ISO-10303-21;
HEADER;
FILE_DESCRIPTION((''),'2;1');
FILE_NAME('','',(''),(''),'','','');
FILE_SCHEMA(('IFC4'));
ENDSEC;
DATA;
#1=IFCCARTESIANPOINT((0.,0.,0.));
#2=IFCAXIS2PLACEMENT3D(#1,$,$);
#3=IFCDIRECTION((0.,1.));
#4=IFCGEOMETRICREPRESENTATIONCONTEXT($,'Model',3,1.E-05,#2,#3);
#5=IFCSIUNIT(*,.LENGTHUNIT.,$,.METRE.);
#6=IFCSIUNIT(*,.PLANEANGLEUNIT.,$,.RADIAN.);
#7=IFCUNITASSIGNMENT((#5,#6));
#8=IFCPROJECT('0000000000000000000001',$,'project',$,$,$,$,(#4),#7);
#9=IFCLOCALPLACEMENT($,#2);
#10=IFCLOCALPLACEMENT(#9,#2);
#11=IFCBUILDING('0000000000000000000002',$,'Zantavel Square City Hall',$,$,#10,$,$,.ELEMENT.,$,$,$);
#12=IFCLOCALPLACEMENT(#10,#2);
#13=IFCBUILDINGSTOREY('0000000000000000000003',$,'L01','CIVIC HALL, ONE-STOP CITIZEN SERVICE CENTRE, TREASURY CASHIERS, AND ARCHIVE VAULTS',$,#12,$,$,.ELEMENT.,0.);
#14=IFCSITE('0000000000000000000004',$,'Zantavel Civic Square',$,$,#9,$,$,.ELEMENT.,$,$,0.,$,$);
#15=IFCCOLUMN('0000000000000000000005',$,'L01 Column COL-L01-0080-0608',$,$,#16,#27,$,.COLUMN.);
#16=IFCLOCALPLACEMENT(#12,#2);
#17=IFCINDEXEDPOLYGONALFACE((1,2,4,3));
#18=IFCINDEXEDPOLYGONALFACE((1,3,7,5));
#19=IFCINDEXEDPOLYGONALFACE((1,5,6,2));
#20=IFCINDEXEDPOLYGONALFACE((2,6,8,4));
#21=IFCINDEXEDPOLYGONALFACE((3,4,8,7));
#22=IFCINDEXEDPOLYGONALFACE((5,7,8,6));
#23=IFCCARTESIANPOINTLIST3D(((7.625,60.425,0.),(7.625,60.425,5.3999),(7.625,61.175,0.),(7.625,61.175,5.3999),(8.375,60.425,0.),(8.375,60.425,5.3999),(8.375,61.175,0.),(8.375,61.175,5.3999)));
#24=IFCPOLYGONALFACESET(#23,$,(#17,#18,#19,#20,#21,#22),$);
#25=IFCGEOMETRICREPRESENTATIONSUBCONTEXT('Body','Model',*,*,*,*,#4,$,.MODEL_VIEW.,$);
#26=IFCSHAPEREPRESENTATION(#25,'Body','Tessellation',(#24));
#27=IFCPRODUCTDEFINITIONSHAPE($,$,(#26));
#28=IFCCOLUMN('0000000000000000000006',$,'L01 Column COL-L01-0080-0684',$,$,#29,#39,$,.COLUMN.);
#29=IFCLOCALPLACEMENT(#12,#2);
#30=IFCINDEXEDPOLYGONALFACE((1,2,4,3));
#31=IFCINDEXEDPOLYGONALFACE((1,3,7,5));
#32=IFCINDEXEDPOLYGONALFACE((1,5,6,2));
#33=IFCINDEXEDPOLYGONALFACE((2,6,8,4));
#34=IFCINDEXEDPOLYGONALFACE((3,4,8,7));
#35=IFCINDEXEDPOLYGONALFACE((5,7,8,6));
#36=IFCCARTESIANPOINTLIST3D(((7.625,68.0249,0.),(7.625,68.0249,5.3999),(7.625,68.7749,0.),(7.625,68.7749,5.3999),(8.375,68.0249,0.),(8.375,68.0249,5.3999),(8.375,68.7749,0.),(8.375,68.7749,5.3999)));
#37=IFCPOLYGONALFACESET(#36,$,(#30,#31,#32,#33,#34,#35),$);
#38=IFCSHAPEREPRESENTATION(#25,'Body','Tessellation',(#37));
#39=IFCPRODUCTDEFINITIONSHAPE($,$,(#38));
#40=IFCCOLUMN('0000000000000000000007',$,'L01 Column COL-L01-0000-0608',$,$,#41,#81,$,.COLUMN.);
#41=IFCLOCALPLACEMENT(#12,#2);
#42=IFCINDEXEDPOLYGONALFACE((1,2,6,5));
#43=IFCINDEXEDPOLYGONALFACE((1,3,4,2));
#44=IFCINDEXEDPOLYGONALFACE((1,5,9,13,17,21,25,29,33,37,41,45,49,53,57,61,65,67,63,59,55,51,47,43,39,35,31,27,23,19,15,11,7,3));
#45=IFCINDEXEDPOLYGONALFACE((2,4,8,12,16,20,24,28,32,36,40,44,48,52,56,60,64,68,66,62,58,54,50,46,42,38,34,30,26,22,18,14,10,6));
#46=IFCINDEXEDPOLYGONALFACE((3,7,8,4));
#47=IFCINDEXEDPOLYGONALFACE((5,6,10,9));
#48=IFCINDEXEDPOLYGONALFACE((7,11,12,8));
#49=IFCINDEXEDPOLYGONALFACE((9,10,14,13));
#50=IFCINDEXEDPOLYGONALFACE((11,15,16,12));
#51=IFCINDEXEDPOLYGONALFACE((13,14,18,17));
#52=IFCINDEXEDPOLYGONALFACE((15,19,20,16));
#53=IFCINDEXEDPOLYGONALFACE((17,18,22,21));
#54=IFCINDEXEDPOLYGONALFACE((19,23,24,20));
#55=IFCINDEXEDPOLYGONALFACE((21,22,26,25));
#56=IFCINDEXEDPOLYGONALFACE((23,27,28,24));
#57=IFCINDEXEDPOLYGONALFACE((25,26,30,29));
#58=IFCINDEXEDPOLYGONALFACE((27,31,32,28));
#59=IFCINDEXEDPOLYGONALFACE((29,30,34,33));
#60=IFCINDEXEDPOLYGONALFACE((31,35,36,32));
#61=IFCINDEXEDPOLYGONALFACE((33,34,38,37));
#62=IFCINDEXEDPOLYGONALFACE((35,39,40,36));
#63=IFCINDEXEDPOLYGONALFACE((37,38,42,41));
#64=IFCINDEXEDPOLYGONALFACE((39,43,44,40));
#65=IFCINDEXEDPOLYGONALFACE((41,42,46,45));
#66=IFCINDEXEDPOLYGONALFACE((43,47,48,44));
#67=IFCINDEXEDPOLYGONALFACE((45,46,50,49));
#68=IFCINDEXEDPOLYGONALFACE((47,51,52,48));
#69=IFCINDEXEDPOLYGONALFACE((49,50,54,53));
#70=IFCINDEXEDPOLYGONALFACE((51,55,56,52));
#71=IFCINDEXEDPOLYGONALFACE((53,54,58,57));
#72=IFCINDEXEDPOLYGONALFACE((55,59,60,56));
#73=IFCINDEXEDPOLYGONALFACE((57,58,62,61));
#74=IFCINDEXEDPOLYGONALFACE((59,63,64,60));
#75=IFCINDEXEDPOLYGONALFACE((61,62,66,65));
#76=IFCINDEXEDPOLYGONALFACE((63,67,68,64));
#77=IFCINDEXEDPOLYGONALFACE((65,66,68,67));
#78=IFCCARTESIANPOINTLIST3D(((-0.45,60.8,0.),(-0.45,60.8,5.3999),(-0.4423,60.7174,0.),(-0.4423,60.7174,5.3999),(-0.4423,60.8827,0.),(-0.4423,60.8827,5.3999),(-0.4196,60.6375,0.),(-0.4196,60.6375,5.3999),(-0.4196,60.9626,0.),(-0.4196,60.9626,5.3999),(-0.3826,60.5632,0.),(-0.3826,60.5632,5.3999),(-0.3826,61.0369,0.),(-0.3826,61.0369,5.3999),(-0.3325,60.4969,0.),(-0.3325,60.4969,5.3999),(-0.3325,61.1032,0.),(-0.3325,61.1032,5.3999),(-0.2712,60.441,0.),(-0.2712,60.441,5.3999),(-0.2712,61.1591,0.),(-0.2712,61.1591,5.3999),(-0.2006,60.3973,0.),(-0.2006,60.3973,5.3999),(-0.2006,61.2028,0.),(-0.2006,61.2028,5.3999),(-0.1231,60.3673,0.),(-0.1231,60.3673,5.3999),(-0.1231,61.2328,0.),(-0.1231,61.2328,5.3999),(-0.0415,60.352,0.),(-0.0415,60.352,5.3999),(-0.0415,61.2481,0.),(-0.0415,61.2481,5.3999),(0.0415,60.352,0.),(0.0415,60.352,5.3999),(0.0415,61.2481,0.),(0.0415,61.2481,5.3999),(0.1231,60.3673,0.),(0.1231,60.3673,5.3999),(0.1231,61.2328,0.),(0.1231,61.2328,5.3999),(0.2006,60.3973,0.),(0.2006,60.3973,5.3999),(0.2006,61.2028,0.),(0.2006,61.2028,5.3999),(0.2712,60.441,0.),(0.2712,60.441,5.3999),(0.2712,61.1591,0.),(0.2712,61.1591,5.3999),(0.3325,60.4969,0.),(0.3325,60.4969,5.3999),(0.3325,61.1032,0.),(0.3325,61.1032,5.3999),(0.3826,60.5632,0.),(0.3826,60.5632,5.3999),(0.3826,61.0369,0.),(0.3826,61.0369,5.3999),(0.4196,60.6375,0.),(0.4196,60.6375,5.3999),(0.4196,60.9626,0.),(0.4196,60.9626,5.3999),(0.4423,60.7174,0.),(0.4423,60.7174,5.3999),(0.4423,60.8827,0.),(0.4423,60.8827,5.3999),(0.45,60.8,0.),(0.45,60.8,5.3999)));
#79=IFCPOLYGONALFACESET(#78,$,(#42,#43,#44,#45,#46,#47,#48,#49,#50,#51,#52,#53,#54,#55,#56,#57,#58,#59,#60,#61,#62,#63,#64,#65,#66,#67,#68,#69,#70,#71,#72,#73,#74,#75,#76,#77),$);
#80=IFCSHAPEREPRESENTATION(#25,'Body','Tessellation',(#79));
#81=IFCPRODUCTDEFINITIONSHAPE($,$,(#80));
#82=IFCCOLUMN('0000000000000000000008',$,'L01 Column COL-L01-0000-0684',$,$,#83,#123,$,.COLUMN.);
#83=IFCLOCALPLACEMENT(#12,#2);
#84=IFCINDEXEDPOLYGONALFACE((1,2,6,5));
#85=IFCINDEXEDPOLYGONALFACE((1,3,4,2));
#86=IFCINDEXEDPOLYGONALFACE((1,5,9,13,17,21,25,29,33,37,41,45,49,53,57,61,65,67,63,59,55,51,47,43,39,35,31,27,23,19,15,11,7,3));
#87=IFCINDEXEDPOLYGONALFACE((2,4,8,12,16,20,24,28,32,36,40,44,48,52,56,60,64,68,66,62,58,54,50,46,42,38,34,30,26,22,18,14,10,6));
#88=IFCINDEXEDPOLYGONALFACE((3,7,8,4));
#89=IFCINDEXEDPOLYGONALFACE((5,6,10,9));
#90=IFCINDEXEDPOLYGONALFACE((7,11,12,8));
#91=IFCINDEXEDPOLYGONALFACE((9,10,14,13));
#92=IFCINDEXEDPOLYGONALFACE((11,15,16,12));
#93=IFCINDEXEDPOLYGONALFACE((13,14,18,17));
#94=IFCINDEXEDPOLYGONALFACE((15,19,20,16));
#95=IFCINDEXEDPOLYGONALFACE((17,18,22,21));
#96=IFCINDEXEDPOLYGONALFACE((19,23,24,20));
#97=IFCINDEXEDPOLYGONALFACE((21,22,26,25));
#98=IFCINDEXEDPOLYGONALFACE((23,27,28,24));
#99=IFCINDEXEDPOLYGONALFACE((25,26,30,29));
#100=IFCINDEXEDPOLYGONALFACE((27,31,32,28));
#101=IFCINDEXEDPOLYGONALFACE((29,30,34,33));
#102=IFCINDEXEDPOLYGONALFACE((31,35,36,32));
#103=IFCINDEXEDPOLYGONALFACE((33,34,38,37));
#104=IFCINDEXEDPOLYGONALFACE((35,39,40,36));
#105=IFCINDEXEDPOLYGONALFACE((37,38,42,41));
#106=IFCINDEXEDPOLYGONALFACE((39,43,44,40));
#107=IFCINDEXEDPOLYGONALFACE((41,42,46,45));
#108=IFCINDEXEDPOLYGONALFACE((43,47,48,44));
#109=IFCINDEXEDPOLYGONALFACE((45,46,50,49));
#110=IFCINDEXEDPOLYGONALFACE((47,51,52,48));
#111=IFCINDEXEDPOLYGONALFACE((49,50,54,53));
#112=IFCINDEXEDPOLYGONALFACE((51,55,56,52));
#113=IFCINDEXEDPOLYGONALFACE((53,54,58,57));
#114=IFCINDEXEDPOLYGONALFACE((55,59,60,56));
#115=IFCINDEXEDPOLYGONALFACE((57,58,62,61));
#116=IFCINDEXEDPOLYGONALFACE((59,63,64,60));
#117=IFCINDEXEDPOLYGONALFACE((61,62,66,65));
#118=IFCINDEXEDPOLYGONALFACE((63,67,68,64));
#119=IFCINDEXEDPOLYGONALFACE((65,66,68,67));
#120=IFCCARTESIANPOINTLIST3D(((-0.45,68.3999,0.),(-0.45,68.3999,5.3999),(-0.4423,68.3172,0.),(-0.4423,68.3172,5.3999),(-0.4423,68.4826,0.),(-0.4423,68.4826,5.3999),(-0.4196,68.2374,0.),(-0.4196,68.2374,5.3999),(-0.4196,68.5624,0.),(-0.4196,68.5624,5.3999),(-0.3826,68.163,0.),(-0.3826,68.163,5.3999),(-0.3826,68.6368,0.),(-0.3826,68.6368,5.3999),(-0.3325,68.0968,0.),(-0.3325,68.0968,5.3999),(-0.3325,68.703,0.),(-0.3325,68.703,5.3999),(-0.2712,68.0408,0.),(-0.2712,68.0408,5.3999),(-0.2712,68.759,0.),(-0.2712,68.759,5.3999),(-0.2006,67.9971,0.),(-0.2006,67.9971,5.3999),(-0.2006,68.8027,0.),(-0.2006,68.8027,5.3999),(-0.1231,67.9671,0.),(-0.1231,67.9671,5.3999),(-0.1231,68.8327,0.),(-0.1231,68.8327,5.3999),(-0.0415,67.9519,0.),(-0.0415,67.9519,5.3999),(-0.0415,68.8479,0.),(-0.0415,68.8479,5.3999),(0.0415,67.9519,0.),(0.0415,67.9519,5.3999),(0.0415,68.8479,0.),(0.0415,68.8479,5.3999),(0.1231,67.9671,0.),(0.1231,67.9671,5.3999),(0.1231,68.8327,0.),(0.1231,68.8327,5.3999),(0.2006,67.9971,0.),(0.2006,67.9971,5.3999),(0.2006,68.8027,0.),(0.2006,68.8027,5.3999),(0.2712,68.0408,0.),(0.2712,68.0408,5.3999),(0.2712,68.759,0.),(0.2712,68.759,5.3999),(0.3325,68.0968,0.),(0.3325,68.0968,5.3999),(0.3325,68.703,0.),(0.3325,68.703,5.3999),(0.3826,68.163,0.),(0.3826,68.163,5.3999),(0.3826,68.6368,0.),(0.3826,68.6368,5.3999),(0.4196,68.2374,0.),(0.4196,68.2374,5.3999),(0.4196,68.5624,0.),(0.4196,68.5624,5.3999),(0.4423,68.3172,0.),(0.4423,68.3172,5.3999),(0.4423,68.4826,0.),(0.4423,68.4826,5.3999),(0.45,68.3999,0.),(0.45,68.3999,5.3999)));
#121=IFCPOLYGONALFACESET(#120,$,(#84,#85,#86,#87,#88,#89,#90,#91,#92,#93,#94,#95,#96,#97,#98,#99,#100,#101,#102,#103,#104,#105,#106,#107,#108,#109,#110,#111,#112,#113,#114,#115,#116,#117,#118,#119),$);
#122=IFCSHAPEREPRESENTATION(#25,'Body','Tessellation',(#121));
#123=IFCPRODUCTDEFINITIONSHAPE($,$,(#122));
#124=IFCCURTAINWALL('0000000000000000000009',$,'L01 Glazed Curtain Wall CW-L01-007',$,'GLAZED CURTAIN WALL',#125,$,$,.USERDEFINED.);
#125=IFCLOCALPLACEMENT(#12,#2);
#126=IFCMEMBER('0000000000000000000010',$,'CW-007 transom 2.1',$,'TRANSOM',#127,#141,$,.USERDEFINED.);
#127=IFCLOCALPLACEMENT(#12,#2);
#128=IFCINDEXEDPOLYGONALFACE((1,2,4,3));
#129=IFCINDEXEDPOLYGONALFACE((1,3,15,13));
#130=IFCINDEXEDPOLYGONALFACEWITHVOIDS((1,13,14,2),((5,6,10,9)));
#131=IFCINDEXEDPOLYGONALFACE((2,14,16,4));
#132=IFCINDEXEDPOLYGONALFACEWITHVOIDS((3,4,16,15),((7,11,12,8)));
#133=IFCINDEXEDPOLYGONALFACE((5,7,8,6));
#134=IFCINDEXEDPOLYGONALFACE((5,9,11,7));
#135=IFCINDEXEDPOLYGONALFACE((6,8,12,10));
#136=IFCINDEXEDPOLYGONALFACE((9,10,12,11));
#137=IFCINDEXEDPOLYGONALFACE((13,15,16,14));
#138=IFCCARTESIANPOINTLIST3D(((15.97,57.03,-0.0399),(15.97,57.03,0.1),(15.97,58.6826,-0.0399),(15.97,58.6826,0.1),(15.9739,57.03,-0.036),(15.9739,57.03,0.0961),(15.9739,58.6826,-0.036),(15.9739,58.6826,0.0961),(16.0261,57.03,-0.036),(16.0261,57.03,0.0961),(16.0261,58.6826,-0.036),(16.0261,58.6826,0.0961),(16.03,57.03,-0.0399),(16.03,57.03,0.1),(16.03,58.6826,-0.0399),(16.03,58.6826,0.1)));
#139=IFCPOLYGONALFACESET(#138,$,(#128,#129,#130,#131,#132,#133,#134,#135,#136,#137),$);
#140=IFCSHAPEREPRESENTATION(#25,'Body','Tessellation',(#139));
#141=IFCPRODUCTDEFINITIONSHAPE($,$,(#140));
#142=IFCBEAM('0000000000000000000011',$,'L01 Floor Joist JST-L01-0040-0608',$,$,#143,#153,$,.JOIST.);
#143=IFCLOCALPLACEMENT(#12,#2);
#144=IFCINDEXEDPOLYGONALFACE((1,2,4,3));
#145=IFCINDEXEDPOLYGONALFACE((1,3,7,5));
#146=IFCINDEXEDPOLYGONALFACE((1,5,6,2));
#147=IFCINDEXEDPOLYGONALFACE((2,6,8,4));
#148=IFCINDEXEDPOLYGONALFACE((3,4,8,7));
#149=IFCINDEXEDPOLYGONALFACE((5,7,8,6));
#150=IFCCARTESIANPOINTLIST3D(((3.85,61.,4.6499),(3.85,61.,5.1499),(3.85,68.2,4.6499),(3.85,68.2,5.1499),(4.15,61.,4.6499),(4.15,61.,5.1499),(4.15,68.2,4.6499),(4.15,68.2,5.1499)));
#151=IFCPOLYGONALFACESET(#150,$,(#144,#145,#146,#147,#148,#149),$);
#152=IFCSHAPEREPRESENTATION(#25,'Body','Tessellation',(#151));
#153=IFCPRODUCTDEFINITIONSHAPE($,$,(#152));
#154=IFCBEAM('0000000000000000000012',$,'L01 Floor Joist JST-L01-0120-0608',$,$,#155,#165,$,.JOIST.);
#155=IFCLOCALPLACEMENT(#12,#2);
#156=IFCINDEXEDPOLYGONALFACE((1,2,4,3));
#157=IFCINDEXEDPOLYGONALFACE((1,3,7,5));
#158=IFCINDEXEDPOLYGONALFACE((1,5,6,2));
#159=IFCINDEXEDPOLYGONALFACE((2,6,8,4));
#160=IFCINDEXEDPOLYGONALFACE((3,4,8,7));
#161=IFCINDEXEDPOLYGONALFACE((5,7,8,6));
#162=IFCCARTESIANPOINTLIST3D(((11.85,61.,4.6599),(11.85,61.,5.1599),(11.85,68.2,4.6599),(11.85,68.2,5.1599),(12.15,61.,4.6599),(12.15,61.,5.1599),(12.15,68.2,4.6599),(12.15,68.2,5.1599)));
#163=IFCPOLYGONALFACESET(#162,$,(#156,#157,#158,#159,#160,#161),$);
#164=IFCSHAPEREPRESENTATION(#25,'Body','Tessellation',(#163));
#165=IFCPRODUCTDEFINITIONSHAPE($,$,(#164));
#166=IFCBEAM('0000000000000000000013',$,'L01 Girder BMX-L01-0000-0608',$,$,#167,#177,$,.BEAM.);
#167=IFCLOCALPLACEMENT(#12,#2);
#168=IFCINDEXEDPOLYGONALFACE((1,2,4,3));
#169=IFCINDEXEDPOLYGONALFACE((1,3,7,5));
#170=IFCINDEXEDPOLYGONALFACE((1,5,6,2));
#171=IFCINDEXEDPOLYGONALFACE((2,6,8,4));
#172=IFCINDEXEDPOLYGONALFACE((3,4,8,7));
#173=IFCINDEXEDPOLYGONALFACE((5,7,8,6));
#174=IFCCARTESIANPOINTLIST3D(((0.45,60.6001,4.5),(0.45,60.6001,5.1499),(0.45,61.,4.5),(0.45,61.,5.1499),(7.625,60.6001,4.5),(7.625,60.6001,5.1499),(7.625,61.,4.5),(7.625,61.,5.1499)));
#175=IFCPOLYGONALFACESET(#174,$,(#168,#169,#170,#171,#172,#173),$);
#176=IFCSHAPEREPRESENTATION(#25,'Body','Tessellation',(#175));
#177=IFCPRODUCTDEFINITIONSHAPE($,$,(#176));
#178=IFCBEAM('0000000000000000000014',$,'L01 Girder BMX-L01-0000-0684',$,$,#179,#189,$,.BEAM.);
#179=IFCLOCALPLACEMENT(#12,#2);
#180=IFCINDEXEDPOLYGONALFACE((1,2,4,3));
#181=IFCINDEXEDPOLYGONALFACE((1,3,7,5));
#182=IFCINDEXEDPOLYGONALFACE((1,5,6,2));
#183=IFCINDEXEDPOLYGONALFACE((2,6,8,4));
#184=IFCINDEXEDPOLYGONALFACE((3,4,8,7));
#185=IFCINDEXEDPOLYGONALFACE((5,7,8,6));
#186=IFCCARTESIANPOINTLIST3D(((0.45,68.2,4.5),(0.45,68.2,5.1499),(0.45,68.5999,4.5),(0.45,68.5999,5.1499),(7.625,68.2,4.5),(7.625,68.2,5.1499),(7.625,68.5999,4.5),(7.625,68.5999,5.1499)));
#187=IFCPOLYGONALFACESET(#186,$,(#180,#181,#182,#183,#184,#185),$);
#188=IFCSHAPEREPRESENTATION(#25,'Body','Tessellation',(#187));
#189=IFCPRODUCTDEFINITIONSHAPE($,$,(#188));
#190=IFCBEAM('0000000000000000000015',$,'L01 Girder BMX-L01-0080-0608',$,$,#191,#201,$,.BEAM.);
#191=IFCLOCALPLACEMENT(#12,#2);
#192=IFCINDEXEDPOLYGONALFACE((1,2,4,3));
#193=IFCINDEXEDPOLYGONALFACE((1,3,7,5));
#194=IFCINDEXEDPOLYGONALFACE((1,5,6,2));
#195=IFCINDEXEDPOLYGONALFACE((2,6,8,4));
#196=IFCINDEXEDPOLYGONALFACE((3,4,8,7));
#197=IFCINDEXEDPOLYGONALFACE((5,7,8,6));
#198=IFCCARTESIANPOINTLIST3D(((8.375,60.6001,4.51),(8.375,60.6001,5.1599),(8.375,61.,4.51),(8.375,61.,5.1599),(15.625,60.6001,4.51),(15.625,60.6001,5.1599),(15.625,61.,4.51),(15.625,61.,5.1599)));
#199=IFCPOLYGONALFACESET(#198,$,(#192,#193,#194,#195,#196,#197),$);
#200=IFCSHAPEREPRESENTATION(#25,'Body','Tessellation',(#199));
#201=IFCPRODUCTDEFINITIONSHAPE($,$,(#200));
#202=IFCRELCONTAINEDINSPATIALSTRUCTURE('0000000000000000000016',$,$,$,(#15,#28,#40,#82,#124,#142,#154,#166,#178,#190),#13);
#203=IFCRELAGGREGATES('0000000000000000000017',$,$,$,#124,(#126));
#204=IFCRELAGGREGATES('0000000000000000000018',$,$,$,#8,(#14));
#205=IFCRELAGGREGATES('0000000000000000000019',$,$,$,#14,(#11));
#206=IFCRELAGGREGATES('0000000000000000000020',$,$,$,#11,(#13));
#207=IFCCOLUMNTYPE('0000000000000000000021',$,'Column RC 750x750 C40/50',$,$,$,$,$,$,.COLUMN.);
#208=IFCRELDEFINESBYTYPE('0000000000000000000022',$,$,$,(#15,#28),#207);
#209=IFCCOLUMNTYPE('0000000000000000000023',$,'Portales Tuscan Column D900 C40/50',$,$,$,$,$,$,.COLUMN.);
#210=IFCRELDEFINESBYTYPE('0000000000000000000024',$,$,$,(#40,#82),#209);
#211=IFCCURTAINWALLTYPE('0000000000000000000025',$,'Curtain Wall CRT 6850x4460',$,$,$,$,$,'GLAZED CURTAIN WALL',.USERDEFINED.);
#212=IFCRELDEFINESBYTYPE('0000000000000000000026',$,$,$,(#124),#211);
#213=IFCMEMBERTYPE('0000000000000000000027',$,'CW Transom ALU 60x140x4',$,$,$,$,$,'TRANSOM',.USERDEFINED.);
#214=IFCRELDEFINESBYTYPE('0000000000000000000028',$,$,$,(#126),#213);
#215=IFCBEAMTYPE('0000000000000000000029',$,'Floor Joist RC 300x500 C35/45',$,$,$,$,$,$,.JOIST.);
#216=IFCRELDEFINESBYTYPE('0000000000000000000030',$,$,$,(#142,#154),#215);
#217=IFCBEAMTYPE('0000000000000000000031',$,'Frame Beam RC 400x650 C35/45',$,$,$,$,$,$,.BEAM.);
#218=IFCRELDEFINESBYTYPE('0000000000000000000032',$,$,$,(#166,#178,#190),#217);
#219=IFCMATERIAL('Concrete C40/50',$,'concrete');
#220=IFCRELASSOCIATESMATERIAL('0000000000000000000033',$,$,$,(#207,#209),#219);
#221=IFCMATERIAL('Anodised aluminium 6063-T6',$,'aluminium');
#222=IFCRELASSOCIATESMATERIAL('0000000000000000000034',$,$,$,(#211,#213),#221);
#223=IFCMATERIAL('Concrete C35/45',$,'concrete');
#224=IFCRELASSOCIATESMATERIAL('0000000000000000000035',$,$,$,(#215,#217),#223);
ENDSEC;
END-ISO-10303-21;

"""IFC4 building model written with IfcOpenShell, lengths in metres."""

from ifc_helpers import new_model, si_unit, direction, frame, origin, origin_2d, place, context, subcontext, project, spatial, rectangle, hollow_rectangle, circle, extrude, material, material_profile, profile_set, type_object, element, aggregate, save


model = new_model("IFC4")

# Units and contexts
model_context = context("Model", 3, precision=1e-05, world=origin(), true_north=direction((0.0, 1.0)))
body_context = subcontext(model_context, "Body", "Model", "MODEL_VIEW")
ifc_project = project(units=[si_unit("LENGTHUNIT", "METRE"), si_unit("PLANEANGLEUNIT", "RADIAN")], contexts=[model_context])

# Site, building, storey
site_placement = place(None, origin())
site = spatial("IfcSite", under=ifc_project, at=site_placement, Name="Zantavel Civic Square", CompositionType="ELEMENT", RefElevation=0.0)
building_placement = place(site_placement, origin())
building = spatial("IfcBuilding", under=site, at=building_placement, Name="Zantavel Square City Hall", CompositionType="ELEMENT")
storey_placement = place(building_placement, origin())
storey = spatial("IfcBuildingStorey", under=building, at=storey_placement, Name="L01", Description="CIVIC HALL, ONE-STOP CITIZEN SERVICE CENTRE, TREASURY CASHIERS, AND ARCHIVE VAULTS", CompositionType="ELEMENT", Elevation=0.0)

# Columns
ifc_material_1 = material(Name="Concrete C40/50", Category="concrete")
ifc_material_profile_1 = material_profile(ifc_material_1, rectangle(XDim=0.75, YDim=0.75, at=origin_2d()), Name="RC 750x750")
ifc_profile_set_1 = profile_set([ifc_material_profile_1], Name="Concrete C40/50")
column_type_1 = type_object("IfcColumnType", Name="Column RC 750x750 C40/50", PredefinedType="COLUMN", material=ifc_profile_set_1)
for number, where, z_axis, x_axis, name in (
    (1, (8.0, 60.8, 0.0), (0.0, 0.0, 1.0), (1.0, 0.0, 0.0), "L01 Column COL-L01-0080-0608"),
    (2, (8.0, 68.3999, 0.0), (0.0, 0.0, 1.0), (1.0, 0.0, 0.0), "L01 Column COL-L01-0080-0684"),
):
    element("IfcColumn", number, at=place(storey_placement, frame(where, z_axis=z_axis, x_axis=x_axis)), inside=storey, type_object=column_type_1, Name=name, PredefinedType="COLUMN", context=body_context, shape_type="SweptSolid", body=[
        extrude(rectangle(XDim=0.75, YDim=0.75, at=origin_2d()), origin(), (0.0, 0.0, 1.0), 5.3999),
    ])
ifc_material_profile_2 = material_profile(ifc_material_1, circle(Radius=0.45, at=origin_2d()), Name="ROUND D900")
ifc_profile_set_2 = profile_set([ifc_material_profile_2], Name="Concrete C40/50")
column_type_2 = type_object("IfcColumnType", Name="Portales Tuscan Column D900 C40/50", PredefinedType="COLUMN", material=ifc_profile_set_2)
for number, where, z_axis, x_axis, name in (
    (3, (0.0, 60.8, 0.0), (0.0, 0.0, 1.0), (1.0, 0.0, 0.0), "L01 Column COL-L01-0000-0608"),
    (4, (0.0, 68.3999, 0.0), (0.0, 0.0, 1.0), (1.0, 0.0, 0.0), "L01 Column COL-L01-0000-0684"),
):
    element("IfcColumn", number, at=place(storey_placement, frame(where, z_axis=z_axis, x_axis=x_axis)), inside=storey, type_object=column_type_2, Name=name, PredefinedType="COLUMN", context=body_context, shape_type="SweptSolid", body=[
        extrude(circle(Radius=0.45, at=origin_2d()), origin(), (0.0, 0.0, 1.0), 5.3999),
    ])

# Curtain wall, member
ifc_material_2 = material(Name="Anodised aluminium 6063-T6", Category="aluminium")
curtain_wall_type = type_object("IfcCurtainWallType", Name="Curtain Wall CRT 6850x4460", ElementType="GLAZED CURTAIN WALL", PredefinedType="USERDEFINED", material=ifc_material_2)
curtain_wall_placement = place(storey_placement, origin())
curtain_wall = element("IfcCurtainWall", 5, at=curtain_wall_placement, inside=storey, type_object=curtain_wall_type, Name="L01 Glazed Curtain Wall CW-L01-007", ObjectType="GLAZED CURTAIN WALL", PredefinedType="USERDEFINED")
ifc_material_profile_3 = material_profile(ifc_material_2, hollow_rectangle(XDim=0.0601, YDim=0.1399, WallThickness=0.0039, at=origin_2d()), Name="ALU 60x140x4")
ifc_profile_set_3 = profile_set([ifc_material_profile_3], Name="Anodised aluminium 6063-T6")
member_type = type_object("IfcMemberType", Name="CW Transom ALU 60x140x4", ElementType="TRANSOM", PredefinedType="USERDEFINED", material=ifc_profile_set_3)
member_placement = place(storey_placement, frame((16.0, 58.6826, 0.03), z_axis=(0.0, -1.0, 0.0), x_axis=(1.0, 0.0, 0.0)))
member = element("IfcMember", 6, at=member_placement, type_object=member_type, Name="CW-007 transom 2.1", ObjectType="TRANSOM", PredefinedType="USERDEFINED", context=body_context, shape_type="SweptSolid", body=[
    extrude(hollow_rectangle(XDim=0.0601, YDim=0.1399, WallThickness=0.0039, at=origin_2d()), origin(), (0.0, 0.0, 1.0), 1.6526),
])

# Beams
ifc_material_3 = material(Name="Concrete C35/45", Category="concrete")
ifc_material_profile_4 = material_profile(ifc_material_3, rectangle(XDim=0.3, YDim=0.5, at=origin_2d()), Name="RC 300x500")
ifc_profile_set_4 = profile_set([ifc_material_profile_4], Name="Concrete C35/45")
beam_type_1 = type_object("IfcBeamType", Name="Floor Joist RC 300x500 C35/45", PredefinedType="JOIST", material=ifc_profile_set_4)
for number, where, z_axis, x_axis, name in (
    (7, (4.0, 61.0, 4.8999), (0.0, 1.0, 0.0), (-1.0, 0.0, 0.0), "L01 Floor Joist JST-L01-0040-0608"),
    (8, (12.0, 61.0, 4.9099), (0.0, 1.0, 0.0), (-1.0, 0.0, 0.0), "L01 Floor Joist JST-L01-0120-0608"),
):
    element("IfcBeam", number, at=place(storey_placement, frame(where, z_axis=z_axis, x_axis=x_axis)), inside=storey, type_object=beam_type_1, Name=name, PredefinedType="JOIST", context=body_context, shape_type="SweptSolid", body=[
        extrude(rectangle(XDim=0.3, YDim=0.5, at=origin_2d()), origin(), (0.0, 0.0, 1.0), 7.2),
    ])
ifc_material_profile_5 = material_profile(ifc_material_3, rectangle(XDim=0.3999, YDim=0.6499, at=origin_2d()), Name="RC 400x650")
ifc_profile_set_5 = profile_set([ifc_material_profile_5], Name="Concrete C35/45")
beam_type_2 = type_object("IfcBeamType", Name="Frame Beam RC 400x650 C35/45", PredefinedType="BEAM", material=ifc_profile_set_5)
for number, where, z_axis, x_axis, name in (
    (9, (0.45, 60.8, 4.825), (1.0, 0.0, 0.0), (0.0, 1.0, 0.0), "L01 Girder BMX-L01-0000-0608"),
    (10, (0.45, 68.3999, 4.825), (1.0, 0.0, 0.0), (0.0, 1.0, 0.0), "L01 Girder BMX-L01-0000-0684"),
):
    element("IfcBeam", number, at=place(storey_placement, frame(where, z_axis=z_axis, x_axis=x_axis)), inside=storey, type_object=beam_type_2, Name=name, PredefinedType="BEAM", context=body_context, shape_type="SweptSolid", body=[
        extrude(rectangle(XDim=0.3999, YDim=0.6499, at=origin_2d()), origin(), (0.0, 0.0, 1.0), 7.175),
    ])
for number, where, z_axis, x_axis, name in (
    (11, (8.375, 60.8, 4.835), (1.0, 0.0, 0.0), (0.0, 1.0, 0.0), "L01 Girder BMX-L01-0080-0608"),
):
    element("IfcBeam", number, at=place(storey_placement, frame(where, z_axis=z_axis, x_axis=x_axis)), inside=storey, type_object=beam_type_2, Name=name, PredefinedType="BEAM", context=body_context, shape_type="SweptSolid", body=[
        extrude(rectangle(XDim=0.3999, YDim=0.6499, at=origin_2d()), origin(), (0.0, 0.0, 1.0), 7.25),
    ])

aggregate(curtain_wall, [member])

save(model, "model.ifc")
